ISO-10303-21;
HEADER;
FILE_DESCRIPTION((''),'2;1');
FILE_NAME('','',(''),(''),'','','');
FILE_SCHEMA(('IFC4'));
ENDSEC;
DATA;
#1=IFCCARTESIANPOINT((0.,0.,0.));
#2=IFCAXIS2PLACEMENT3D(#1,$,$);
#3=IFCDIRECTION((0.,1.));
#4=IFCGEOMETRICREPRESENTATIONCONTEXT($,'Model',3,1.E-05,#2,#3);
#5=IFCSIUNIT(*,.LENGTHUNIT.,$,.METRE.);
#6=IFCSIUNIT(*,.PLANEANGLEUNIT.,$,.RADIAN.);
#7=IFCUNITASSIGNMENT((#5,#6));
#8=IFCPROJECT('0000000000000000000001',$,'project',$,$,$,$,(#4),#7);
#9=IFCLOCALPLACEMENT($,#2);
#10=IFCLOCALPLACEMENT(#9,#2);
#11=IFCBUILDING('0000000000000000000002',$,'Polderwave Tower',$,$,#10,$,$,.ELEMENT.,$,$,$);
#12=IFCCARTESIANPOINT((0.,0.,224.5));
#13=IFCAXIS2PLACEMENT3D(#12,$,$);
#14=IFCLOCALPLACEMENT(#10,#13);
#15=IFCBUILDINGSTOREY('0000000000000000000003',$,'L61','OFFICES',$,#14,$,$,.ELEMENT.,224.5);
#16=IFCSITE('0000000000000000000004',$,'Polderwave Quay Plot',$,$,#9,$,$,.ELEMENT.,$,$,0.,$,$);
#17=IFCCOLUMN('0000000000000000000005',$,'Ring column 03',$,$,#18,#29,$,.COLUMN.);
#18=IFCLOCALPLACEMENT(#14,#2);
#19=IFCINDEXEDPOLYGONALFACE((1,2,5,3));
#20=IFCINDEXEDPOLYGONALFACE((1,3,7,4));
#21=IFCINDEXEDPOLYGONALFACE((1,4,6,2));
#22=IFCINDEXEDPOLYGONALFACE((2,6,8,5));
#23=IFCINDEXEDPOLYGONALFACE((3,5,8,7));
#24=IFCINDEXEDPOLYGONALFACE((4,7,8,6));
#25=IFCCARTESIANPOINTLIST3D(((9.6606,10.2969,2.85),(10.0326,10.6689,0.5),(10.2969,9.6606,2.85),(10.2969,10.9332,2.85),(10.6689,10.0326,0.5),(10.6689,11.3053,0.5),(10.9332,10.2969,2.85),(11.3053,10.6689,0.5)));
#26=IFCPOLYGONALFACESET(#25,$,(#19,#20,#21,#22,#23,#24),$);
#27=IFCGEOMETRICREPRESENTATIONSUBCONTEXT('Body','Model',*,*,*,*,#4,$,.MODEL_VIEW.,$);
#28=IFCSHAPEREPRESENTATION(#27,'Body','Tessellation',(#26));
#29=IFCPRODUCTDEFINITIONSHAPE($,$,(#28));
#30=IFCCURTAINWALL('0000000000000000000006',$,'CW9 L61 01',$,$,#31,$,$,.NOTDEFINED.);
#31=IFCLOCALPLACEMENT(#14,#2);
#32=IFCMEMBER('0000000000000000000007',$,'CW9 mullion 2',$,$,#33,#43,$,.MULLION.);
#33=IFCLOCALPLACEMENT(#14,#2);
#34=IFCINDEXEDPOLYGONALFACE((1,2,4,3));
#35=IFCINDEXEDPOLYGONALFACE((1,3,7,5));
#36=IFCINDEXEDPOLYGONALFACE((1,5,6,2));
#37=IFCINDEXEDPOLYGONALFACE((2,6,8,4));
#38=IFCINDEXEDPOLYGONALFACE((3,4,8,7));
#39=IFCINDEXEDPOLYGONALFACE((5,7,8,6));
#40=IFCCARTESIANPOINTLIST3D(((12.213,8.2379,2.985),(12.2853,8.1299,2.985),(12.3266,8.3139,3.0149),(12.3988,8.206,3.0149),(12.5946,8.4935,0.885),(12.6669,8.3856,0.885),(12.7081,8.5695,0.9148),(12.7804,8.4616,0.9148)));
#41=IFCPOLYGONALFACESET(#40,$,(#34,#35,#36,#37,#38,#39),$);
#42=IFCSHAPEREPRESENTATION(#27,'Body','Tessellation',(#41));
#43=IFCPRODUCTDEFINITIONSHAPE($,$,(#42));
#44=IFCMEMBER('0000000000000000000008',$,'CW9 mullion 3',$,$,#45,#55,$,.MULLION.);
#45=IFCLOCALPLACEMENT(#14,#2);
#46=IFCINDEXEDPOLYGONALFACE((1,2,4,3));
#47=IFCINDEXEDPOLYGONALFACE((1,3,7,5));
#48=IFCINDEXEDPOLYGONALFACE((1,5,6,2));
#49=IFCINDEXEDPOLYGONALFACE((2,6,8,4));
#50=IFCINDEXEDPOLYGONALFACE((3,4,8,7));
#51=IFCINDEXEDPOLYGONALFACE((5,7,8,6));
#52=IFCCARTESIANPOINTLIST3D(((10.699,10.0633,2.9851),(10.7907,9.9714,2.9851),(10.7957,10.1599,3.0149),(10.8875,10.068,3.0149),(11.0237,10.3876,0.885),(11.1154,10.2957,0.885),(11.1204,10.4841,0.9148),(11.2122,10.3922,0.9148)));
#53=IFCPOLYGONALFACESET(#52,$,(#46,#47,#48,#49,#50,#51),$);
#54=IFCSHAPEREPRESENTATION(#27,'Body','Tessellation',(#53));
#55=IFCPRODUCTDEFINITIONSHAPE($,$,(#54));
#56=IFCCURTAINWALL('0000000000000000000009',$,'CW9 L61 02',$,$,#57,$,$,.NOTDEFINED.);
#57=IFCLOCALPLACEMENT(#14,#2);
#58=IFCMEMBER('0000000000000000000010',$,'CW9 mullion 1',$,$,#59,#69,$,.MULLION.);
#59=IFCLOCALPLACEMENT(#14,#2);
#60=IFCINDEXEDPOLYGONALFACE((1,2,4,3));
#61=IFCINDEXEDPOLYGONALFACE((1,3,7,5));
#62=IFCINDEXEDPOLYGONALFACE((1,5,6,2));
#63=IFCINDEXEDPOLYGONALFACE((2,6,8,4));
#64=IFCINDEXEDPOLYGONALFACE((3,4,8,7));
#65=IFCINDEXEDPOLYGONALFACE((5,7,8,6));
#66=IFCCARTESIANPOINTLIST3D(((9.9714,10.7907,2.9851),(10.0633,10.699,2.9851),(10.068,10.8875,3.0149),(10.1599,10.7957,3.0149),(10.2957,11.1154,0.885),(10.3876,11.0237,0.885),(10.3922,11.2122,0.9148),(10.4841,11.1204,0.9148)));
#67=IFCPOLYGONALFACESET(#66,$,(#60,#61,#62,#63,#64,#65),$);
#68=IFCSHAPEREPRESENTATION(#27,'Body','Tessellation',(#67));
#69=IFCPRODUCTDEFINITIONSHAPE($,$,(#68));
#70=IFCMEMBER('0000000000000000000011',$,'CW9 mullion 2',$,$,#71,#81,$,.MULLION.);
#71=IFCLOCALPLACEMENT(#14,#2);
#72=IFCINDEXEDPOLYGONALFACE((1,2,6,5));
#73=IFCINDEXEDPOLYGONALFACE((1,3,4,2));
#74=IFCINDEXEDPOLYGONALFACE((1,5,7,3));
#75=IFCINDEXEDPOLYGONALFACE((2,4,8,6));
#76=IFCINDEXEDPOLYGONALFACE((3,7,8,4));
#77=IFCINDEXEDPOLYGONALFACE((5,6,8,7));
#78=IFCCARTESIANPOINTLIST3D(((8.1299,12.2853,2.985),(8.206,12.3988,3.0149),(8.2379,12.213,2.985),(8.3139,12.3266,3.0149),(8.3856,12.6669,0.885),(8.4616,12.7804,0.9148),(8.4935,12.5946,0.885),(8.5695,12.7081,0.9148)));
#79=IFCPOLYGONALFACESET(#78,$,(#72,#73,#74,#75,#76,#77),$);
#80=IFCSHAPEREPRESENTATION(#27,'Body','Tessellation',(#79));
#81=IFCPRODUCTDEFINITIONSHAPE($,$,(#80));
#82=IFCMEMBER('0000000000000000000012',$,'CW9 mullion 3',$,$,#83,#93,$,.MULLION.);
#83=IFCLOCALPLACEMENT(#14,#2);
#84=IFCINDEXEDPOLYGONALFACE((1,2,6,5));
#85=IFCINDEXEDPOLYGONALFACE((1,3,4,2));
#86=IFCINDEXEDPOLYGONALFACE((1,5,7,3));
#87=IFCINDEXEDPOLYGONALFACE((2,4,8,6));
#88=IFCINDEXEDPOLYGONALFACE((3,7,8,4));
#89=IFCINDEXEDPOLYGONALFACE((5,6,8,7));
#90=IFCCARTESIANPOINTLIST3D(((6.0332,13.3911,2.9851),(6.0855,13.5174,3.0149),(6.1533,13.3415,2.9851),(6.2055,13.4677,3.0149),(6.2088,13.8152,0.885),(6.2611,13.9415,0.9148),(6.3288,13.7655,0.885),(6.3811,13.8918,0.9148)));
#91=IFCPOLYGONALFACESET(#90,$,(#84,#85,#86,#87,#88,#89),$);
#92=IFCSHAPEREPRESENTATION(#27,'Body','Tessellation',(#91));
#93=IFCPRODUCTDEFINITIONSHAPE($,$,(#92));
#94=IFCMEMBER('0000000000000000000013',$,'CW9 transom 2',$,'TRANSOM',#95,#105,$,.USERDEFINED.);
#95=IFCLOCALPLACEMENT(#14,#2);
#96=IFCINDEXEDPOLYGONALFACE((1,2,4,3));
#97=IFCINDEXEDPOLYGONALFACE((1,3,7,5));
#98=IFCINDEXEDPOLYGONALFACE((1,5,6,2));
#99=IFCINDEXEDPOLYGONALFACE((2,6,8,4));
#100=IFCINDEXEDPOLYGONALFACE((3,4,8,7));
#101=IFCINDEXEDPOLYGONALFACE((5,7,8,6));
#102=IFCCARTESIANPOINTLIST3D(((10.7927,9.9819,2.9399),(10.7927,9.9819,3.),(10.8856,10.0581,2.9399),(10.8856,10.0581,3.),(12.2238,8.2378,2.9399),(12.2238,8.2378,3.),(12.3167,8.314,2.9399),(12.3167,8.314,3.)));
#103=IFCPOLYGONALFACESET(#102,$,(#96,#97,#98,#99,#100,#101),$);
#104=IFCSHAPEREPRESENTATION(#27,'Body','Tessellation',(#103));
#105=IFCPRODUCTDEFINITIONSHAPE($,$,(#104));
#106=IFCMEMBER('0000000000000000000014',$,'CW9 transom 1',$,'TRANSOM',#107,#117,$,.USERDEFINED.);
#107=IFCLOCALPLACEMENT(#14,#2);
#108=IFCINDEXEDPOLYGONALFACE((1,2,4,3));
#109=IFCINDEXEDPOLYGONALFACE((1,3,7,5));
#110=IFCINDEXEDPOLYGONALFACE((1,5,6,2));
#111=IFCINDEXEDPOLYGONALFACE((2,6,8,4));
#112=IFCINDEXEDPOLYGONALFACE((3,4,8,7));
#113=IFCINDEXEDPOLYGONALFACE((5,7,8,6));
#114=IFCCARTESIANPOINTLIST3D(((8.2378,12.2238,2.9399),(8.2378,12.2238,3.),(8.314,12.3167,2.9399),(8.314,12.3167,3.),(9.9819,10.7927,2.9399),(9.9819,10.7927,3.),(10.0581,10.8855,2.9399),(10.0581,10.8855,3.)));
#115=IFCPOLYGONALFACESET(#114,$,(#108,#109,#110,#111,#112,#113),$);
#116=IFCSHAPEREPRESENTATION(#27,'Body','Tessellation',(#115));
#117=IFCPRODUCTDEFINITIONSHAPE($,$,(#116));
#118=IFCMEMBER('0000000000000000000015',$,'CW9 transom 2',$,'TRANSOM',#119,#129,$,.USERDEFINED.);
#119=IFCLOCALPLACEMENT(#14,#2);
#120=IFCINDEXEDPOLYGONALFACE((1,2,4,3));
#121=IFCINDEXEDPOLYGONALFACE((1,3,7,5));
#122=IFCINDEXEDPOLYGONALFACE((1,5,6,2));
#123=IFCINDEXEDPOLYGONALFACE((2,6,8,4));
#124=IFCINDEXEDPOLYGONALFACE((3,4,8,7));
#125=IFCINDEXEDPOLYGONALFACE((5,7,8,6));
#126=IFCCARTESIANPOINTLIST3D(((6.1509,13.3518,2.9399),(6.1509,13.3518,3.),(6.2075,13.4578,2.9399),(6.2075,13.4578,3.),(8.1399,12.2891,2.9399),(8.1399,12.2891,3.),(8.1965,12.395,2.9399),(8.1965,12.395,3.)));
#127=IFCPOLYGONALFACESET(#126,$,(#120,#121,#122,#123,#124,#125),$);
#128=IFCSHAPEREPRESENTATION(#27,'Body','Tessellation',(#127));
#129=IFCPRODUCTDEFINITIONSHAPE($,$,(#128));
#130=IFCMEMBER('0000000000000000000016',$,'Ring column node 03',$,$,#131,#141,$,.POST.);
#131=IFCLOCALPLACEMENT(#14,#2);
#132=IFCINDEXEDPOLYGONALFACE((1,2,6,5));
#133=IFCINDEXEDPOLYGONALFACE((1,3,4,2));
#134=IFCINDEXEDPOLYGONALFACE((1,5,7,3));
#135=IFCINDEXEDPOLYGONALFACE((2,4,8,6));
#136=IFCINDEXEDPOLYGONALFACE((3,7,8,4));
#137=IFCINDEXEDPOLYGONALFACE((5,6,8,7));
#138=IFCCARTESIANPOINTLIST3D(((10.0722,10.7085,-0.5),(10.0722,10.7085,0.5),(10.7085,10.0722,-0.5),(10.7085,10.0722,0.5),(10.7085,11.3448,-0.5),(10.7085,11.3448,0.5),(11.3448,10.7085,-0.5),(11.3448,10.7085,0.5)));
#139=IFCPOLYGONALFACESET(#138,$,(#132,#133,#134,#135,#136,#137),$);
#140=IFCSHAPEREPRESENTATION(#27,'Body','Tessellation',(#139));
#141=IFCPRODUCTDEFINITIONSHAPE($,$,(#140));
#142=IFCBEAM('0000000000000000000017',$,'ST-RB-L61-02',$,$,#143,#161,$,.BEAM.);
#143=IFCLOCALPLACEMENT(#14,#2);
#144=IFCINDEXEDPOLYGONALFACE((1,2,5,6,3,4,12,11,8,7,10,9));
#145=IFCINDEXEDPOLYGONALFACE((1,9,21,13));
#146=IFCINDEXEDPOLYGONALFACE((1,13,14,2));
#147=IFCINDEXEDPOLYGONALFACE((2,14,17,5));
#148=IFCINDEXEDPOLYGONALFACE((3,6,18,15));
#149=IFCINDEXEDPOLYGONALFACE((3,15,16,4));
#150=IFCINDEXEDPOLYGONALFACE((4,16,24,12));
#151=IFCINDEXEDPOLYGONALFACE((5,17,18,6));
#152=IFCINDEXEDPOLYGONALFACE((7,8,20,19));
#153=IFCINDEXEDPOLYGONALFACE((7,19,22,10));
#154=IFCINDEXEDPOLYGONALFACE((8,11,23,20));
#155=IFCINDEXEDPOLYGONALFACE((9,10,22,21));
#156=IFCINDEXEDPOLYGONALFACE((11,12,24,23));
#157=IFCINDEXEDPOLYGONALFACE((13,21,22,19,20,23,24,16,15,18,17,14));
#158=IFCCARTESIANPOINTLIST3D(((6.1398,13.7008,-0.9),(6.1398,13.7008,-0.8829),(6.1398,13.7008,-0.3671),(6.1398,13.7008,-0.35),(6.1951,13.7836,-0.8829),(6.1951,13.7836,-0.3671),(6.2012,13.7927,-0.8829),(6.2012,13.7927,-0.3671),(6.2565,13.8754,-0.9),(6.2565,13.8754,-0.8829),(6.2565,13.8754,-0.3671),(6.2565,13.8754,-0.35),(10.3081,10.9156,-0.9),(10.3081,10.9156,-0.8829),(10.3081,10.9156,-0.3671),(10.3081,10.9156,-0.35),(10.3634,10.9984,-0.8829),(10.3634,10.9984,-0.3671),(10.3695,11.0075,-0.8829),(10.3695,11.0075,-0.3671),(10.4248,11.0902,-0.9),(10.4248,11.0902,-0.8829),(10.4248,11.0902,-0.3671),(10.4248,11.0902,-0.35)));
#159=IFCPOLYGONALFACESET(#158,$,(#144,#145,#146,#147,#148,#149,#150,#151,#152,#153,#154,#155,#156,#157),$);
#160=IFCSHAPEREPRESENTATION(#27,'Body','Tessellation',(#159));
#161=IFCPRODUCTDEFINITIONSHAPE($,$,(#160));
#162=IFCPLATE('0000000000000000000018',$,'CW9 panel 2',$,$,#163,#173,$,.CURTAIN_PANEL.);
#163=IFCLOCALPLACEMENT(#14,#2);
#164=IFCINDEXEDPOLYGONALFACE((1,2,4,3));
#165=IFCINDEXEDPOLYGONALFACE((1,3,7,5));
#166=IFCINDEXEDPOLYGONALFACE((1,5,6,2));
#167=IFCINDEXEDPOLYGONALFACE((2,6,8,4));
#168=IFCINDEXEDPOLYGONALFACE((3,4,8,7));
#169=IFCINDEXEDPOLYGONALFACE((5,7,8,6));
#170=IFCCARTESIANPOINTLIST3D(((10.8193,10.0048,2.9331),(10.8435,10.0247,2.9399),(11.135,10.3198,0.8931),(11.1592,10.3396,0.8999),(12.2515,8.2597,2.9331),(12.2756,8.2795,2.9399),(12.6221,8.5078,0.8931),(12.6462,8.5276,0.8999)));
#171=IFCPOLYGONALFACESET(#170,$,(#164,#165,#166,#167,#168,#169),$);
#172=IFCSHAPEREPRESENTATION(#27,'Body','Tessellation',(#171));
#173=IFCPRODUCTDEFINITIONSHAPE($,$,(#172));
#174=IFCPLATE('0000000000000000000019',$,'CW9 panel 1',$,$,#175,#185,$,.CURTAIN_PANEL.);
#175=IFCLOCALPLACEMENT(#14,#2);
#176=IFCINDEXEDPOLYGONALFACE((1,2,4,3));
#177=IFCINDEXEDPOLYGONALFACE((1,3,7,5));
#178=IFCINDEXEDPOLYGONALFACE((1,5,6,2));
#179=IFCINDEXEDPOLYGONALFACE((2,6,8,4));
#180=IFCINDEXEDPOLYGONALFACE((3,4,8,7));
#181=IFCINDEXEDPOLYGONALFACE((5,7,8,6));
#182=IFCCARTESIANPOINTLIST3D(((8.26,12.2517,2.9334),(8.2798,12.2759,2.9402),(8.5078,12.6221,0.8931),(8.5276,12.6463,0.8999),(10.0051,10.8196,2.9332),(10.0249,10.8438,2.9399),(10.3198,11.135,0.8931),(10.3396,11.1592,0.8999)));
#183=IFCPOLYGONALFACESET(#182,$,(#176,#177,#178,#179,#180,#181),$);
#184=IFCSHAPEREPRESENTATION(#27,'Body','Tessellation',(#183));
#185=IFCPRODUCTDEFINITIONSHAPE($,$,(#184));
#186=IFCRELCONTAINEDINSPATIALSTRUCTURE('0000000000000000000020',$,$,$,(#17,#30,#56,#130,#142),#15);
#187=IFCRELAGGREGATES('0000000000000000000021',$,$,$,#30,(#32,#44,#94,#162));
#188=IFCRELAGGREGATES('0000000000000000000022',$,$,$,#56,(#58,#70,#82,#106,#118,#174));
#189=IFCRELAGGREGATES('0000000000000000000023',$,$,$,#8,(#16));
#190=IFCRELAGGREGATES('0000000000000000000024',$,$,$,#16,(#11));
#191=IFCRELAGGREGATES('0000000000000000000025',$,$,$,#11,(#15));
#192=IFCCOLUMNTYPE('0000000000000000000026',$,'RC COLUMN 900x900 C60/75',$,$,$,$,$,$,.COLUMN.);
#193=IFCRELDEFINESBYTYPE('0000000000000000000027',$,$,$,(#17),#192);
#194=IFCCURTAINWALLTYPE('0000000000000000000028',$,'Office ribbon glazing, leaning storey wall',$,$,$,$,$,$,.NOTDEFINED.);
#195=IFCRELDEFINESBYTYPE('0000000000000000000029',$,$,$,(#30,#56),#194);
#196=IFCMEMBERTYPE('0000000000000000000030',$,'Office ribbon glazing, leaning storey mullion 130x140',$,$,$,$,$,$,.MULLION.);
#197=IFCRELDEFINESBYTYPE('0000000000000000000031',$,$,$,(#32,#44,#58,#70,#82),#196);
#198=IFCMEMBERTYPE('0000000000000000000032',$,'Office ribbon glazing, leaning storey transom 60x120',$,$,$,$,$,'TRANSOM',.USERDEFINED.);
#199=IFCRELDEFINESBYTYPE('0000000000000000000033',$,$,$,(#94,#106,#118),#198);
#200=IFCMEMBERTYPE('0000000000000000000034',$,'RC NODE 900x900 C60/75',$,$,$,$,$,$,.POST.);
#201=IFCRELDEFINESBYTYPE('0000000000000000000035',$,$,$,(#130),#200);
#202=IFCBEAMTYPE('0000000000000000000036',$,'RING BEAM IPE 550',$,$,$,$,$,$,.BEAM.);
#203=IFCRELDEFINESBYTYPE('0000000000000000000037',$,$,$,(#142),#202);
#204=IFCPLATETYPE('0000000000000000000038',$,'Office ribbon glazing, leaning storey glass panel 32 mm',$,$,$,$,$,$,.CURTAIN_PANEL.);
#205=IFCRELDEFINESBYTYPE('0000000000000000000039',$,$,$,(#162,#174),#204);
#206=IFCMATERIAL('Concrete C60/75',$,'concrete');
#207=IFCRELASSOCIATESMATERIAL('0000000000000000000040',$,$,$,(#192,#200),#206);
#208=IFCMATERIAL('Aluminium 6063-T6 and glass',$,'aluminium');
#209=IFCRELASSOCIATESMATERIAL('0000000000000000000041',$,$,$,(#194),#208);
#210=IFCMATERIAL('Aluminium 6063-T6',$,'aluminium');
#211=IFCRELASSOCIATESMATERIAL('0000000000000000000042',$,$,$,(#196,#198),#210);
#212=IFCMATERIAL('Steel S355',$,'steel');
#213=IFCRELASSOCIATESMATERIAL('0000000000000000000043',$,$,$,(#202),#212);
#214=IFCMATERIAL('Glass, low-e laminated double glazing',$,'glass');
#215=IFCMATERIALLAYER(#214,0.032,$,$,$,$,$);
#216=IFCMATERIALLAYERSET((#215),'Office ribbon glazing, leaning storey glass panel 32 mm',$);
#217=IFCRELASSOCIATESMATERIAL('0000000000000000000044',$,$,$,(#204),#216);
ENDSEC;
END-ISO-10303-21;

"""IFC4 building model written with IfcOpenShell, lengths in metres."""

from ifc_helpers import new_model, si_unit, direction, frame, origin, origin_2d, place, context, subcontext, project, spatial, polyline, rectangle, i_section, outline, extrude, material, layer, layer_set, material_profile, profile_set, type_object, element, aggregate, save


model = new_model("IFC4")

# Units and contexts
model_context = context("Model", 3, precision=1e-05, world=origin(), true_north=direction((0.0, 1.0)))
body_context = subcontext(model_context, "Body", "Model", "MODEL_VIEW")
ifc_project = project(units=[si_unit("LENGTHUNIT", "METRE"), si_unit("PLANEANGLEUNIT", "RADIAN")], contexts=[model_context])

# Site, building, storey
site_placement = place(None, origin())
site = spatial("IfcSite", under=ifc_project, at=site_placement, Name="Polderwave Quay Plot", CompositionType="ELEMENT", RefElevation=0.0)
building_placement = place(site_placement, origin())
building = spatial("IfcBuilding", under=site, at=building_placement, Name="Polderwave Tower", CompositionType="ELEMENT")
storey_placement = place(building_placement, frame((0.0, 0.0, 224.5)))
storey = spatial("IfcBuildingStorey", under=building, at=storey_placement, Name="L61", Description="OFFICES", CompositionType="ELEMENT", Elevation=224.5)

# Column
ifc_material_1 = material(Name="Concrete C60/75", Category="concrete")
ifc_material_profile_1 = material_profile(ifc_material_1, rectangle(XDim=0.8999, YDim=0.8999, at=origin_2d()), Name="RC 900x900")
ifc_profile_set_1 = profile_set([ifc_material_profile_1], Name="Concrete C60/75")
column_type = type_object("IfcColumnType", Name="RC COLUMN 900x900 C60/75", PredefinedType="COLUMN", material=ifc_profile_set_1)
column_placement = place(storey_placement, frame((10.6689, 10.6689, 0.5), z_axis=(0.0, 0.0, 1.0), x_axis=(0.707107, -0.707107, 0.0)))
element("IfcColumn", 1, at=column_placement, inside=storey, type_object=column_type, Name="Ring column 03", PredefinedType="COLUMN", context=body_context, shape_type="SweptSolid", body=[
    extrude(rectangle(XDim=0.8999, YDim=0.8999, at=origin_2d()), origin(), (0.0, -0.21849, 0.975839), 2.4082),
])

# Curtain walls, members
ifc_material_2 = material(Name="Aluminium 6063-T6 and glass", Category="aluminium")
curtain_wall_type = type_object("IfcCurtainWallType", Name="Office ribbon glazing, leaning storey wall", PredefinedType="NOTDEFINED", material=ifc_material_2)
curtain_wall_1_placement = place(storey_placement, origin())
curtain_wall_1 = element("IfcCurtainWall", 2, at=curtain_wall_1_placement, inside=storey, type_object=curtain_wall_type, Name="CW9 L61 01", PredefinedType="NOTDEFINED")
ifc_material_3 = material(Name="Aluminium 6063-T6", Category="aluminium")
ifc_material_profile_2 = material_profile(ifc_material_3, rectangle(XDim=0.1299, YDim=0.1399, at=origin_2d()), Name="AL 130x140")
ifc_profile_set_2 = profile_set([ifc_material_profile_2], Name="Aluminium 6063-T6")
member_type_1 = type_object("IfcMemberType", Name="Office ribbon glazing, leaning storey mullion 130x140", PredefinedType="MULLION", material=ifc_profile_set_2)
member_1_placement = place(storey_placement, frame((12.6875, 8.4775, 0.8999), z_axis=(-0.177506, -0.118905, 0.97691), x_axis=(0.556539, -0.830822, 0.0)))
member_1 = element("IfcMember", 3, at=member_1_placement, type_object=member_type_1, Name="CW9 mullion 2", PredefinedType="MULLION", context=body_context, shape_type="SweptSolid", body=[
    extrude(rectangle(XDim=0.1299, YDim=0.1399, at=origin_2d()), origin(), (0.0, 0.0, 1.0), 2.1497),
])
member_2_placement = place(storey_placement, frame((11.1179, 10.3899, 0.8999), z_axis=(-0.151052, -0.150825, 0.976952), x_axis=(0.706575, -0.707639, 0.0)))
member_2 = element("IfcMember", 4, at=member_2_placement, type_object=member_type_1, Name="CW9 mullion 3", PredefinedType="MULLION", context=body_context, shape_type="SweptSolid", body=[
    extrude(rectangle(XDim=0.1299, YDim=0.1399, at=origin_2d()), origin(), (0.0, 0.0, 1.0), 2.1497),
])
curtain_wall_2_placement = place(storey_placement, origin())
curtain_wall_2 = element("IfcCurtainWall", 5, at=curtain_wall_2_placement, inside=storey, type_object=curtain_wall_type, Name="CW9 L61 02", PredefinedType="NOTDEFINED")
member_3_placement = place(storey_placement, frame((10.3899, 11.1179, 0.8999), z_axis=(-0.150825, -0.151052, 0.976952), x_axis=(0.707639, -0.706575, 0.0)))
member_3 = element("IfcMember", 6, at=member_3_placement, type_object=member_type_1, Name="CW9 mullion 1", PredefinedType="MULLION", context=body_context, shape_type="SweptSolid", body=[
    extrude(rectangle(XDim=0.1299, YDim=0.1399, at=origin_2d()), origin(), (0.0, 0.0, 1.0), 2.1497),
])
member_4_placement = place(storey_placement, frame((8.4775, 12.6875, 0.8999), z_axis=(-0.118905, -0.177506, 0.97691), x_axis=(0.830822, -0.556539, 0.0)))
member_4 = element("IfcMember", 7, at=member_4_placement, type_object=member_type_1, Name="CW9 mullion 2", PredefinedType="MULLION", context=body_context, shape_type="SweptSolid", body=[
    extrude(rectangle(XDim=0.1299, YDim=0.1399, at=origin_2d()), origin(), (0.0, 0.0, 1.0), 2.1497),
])
member_5_placement = place(storey_placement, frame((6.2949, 13.8535, 0.8999), z_axis=(-0.081658, -0.197274, 0.976942), x_axis=(0.923971, -0.382461, 0.0)))
member_5 = element("IfcMember", 8, at=member_5_placement, type_object=member_type_1, Name="CW9 mullion 3", PredefinedType="MULLION", context=body_context, shape_type="SweptSolid", body=[
    extrude(rectangle(XDim=0.1299, YDim=0.1399, at=origin_2d()), origin(), (0.0, 0.0, 1.0), 2.1497),
])

# Members
ifc_material_profile_3 = material_profile(ifc_material_3, rectangle(XDim=0.1201, YDim=0.0601, at=origin_2d()), Name="AL 60x120")
ifc_profile_set_3 = profile_set([ifc_material_profile_3], Name="Aluminium 6063-T6")
member_type_2 = type_object("IfcMemberType", Name="Office ribbon glazing, leaning storey transom 60x120", ElementType="TRANSOM", PredefinedType="USERDEFINED", material=ifc_profile_set_3)
member_6_placement = place(storey_placement, frame((12.2703, 8.2759, 2.97), z_axis=(-0.634333, 0.77306, 0.0), x_axis=(-0.77306, -0.634333, 0.0)))
member_6 = element("IfcMember", 9, at=member_6_placement, type_object=member_type_2, Name="CW9 transom 2", ObjectType="TRANSOM", PredefinedType="USERDEFINED", context=body_context, shape_type="SweptSolid", body=[
    extrude(rectangle(XDim=0.1201, YDim=0.0601, at=origin_2d()), origin(), (0.0, 0.0, 1.0), 2.2561),
])
member_7_placement = place(storey_placement, frame((10.02, 10.8391, 2.97), z_axis=(-0.77306, 0.634333, 0.0), x_axis=(-0.634333, -0.77306, 0.0)))
member_7 = element("IfcMember", 10, at=member_7_placement, type_object=member_type_2, Name="CW9 transom 1", ObjectType="TRANSOM", PredefinedType="USERDEFINED", context=body_context, shape_type="SweptSolid", body=[
    extrude(rectangle(XDim=0.1201, YDim=0.0601, at=origin_2d()), origin(), (0.0, 0.0, 1.0), 2.2561),
])
member_8_placement = place(storey_placement, frame((8.1682, 12.342, 2.97), z_axis=(-0.881996, 0.471257, 0.0), x_axis=(-0.471257, -0.881996, 0.0)))
member_8 = element("IfcMember", 11, at=member_8_placement, type_object=member_type_2, Name="CW9 transom 2", ObjectType="TRANSOM", PredefinedType="USERDEFINED", context=body_context, shape_type="SweptSolid", body=[
    extrude(rectangle(XDim=0.1201, YDim=0.0601, at=origin_2d()), origin(), (0.0, 0.0, 1.0), 2.2551),
])
ifc_material_profile_4 = material_profile(ifc_material_1, rectangle(XDim=0.8999, YDim=0.8999, at=origin_2d()), Name="RC 900x900")
ifc_profile_set_4 = profile_set([ifc_material_profile_4], Name="Concrete C60/75")
member_type_3 = type_object("IfcMemberType", Name="RC NODE 900x900 C60/75", PredefinedType="POST", material=ifc_profile_set_4)
member_9_placement = place(storey_placement, frame((10.7085, 10.7085, -0.5), z_axis=(0.0, 0.0, 1.0), x_axis=(0.707107, 0.707107, 0.0)))
element("IfcMember", 12, at=member_9_placement, inside=storey, type_object=member_type_3, Name="Ring column node 03", PredefinedType="POST", context=body_context, shape_type="SweptSolid", body=[
    extrude(rectangle(XDim=0.8999, YDim=0.8999, at=origin_2d()), origin(), (0.0, 0.0, 1.0), 1.0),
])

# Beam
ifc_material_4 = material(Name="Steel S355", Category="steel")
ifc_material_profile_5 = material_profile(ifc_material_4, i_section(OverallWidth=0.21, OverallDepth=0.55, WebThickness=0.011, FlangeThickness=0.0171, at=origin_2d()), Name="IPE 550")
ifc_profile_set_5 = profile_set([ifc_material_profile_5], Name="Steel S355")
beam_type = type_object("IfcBeamType", Name="RING BEAM IPE 550", PredefinedType="BEAM", material=ifc_profile_set_5)
beam_placement = place(storey_placement, frame((10.3665, 11.0029, -0.625), z_axis=(-0.831465, 0.555576, 0.0), x_axis=(-0.555576, -0.831465, 0.0)))
element("IfcBeam", 13, at=beam_placement, inside=storey, type_object=beam_type, Name="ST-RB-L61-02", PredefinedType="BEAM", context=body_context, shape_type="SweptSolid", body=[
    extrude(i_section(OverallWidth=0.21, OverallDepth=0.55, WebThickness=0.011, FlangeThickness=0.0171, at=origin_2d()), origin(), (0.0, 0.0, 1.0), 5.0132),
])

# Plates
ifc_material_5 = material(Name="Glass, low-e laminated double glazing", Category="glass")
ifc_layer_1 = layer(ifc_material_5, 0.032)
ifc_layer_set_1 = layer_set([ifc_layer_1], Name="Office ribbon glazing, leaning storey glass panel 32 mm")
plate_type = type_object("IfcPlateType", Name="Office ribbon glazing, leaning storey glass panel 32 mm", PredefinedType="CURTAIN_PANEL", material=ifc_layer_set_1)
plate_1_placement = place(storey_placement, frame((12.6462, 8.5276, 0.8999), z_axis=(0.755349, 0.619884, 0.212586), x_axis=(-0.634384, 0.773018, 0.000001)))
plate_1 = element("IfcPlate", 14, at=plate_1_placement, type_object=plate_type, Name="CW9 panel 2", PredefinedType="CURTAIN_PANEL", context=body_context, shape_type="SweptSolid", body=[
    extrude(outline(polyline([(0.0, 0.0), (2.3441, 0.0), (2.3009, 2.0878), (0.0434, 2.0878), (0.0, 0.0)])), origin(), (0.0, 0.0, -1.0), 0.032),
])
aggregate(curtain_wall_1, [member_1, member_2, member_6, plate_1])
plate_2_placement = place(storey_placement, frame((10.3396, 11.1592, 0.8999), z_axis=(0.619916, 0.75537, 0.212417), x_axis=(-0.773011, 0.634393, 0.000001)))
plate_2 = element("IfcPlate", 15, at=plate_2_placement, type_object=plate_type, Name="CW9 panel 1", PredefinedType="CURTAIN_PANEL", context=body_context, shape_type="SweptSolid", body=[
    extrude(outline(polyline([(0.0, 0.0), (2.3441, 0.0), (2.3007, 2.0879), (0.0432, 2.0877), (0.0, 0.0)])), origin(), (0.0, 0.0, -1.0), 0.032),
])
aggregate(curtain_wall_2, [member_3, member_4, member_5, member_7, member_8, plate_2])

save(model, "model.ifc")
